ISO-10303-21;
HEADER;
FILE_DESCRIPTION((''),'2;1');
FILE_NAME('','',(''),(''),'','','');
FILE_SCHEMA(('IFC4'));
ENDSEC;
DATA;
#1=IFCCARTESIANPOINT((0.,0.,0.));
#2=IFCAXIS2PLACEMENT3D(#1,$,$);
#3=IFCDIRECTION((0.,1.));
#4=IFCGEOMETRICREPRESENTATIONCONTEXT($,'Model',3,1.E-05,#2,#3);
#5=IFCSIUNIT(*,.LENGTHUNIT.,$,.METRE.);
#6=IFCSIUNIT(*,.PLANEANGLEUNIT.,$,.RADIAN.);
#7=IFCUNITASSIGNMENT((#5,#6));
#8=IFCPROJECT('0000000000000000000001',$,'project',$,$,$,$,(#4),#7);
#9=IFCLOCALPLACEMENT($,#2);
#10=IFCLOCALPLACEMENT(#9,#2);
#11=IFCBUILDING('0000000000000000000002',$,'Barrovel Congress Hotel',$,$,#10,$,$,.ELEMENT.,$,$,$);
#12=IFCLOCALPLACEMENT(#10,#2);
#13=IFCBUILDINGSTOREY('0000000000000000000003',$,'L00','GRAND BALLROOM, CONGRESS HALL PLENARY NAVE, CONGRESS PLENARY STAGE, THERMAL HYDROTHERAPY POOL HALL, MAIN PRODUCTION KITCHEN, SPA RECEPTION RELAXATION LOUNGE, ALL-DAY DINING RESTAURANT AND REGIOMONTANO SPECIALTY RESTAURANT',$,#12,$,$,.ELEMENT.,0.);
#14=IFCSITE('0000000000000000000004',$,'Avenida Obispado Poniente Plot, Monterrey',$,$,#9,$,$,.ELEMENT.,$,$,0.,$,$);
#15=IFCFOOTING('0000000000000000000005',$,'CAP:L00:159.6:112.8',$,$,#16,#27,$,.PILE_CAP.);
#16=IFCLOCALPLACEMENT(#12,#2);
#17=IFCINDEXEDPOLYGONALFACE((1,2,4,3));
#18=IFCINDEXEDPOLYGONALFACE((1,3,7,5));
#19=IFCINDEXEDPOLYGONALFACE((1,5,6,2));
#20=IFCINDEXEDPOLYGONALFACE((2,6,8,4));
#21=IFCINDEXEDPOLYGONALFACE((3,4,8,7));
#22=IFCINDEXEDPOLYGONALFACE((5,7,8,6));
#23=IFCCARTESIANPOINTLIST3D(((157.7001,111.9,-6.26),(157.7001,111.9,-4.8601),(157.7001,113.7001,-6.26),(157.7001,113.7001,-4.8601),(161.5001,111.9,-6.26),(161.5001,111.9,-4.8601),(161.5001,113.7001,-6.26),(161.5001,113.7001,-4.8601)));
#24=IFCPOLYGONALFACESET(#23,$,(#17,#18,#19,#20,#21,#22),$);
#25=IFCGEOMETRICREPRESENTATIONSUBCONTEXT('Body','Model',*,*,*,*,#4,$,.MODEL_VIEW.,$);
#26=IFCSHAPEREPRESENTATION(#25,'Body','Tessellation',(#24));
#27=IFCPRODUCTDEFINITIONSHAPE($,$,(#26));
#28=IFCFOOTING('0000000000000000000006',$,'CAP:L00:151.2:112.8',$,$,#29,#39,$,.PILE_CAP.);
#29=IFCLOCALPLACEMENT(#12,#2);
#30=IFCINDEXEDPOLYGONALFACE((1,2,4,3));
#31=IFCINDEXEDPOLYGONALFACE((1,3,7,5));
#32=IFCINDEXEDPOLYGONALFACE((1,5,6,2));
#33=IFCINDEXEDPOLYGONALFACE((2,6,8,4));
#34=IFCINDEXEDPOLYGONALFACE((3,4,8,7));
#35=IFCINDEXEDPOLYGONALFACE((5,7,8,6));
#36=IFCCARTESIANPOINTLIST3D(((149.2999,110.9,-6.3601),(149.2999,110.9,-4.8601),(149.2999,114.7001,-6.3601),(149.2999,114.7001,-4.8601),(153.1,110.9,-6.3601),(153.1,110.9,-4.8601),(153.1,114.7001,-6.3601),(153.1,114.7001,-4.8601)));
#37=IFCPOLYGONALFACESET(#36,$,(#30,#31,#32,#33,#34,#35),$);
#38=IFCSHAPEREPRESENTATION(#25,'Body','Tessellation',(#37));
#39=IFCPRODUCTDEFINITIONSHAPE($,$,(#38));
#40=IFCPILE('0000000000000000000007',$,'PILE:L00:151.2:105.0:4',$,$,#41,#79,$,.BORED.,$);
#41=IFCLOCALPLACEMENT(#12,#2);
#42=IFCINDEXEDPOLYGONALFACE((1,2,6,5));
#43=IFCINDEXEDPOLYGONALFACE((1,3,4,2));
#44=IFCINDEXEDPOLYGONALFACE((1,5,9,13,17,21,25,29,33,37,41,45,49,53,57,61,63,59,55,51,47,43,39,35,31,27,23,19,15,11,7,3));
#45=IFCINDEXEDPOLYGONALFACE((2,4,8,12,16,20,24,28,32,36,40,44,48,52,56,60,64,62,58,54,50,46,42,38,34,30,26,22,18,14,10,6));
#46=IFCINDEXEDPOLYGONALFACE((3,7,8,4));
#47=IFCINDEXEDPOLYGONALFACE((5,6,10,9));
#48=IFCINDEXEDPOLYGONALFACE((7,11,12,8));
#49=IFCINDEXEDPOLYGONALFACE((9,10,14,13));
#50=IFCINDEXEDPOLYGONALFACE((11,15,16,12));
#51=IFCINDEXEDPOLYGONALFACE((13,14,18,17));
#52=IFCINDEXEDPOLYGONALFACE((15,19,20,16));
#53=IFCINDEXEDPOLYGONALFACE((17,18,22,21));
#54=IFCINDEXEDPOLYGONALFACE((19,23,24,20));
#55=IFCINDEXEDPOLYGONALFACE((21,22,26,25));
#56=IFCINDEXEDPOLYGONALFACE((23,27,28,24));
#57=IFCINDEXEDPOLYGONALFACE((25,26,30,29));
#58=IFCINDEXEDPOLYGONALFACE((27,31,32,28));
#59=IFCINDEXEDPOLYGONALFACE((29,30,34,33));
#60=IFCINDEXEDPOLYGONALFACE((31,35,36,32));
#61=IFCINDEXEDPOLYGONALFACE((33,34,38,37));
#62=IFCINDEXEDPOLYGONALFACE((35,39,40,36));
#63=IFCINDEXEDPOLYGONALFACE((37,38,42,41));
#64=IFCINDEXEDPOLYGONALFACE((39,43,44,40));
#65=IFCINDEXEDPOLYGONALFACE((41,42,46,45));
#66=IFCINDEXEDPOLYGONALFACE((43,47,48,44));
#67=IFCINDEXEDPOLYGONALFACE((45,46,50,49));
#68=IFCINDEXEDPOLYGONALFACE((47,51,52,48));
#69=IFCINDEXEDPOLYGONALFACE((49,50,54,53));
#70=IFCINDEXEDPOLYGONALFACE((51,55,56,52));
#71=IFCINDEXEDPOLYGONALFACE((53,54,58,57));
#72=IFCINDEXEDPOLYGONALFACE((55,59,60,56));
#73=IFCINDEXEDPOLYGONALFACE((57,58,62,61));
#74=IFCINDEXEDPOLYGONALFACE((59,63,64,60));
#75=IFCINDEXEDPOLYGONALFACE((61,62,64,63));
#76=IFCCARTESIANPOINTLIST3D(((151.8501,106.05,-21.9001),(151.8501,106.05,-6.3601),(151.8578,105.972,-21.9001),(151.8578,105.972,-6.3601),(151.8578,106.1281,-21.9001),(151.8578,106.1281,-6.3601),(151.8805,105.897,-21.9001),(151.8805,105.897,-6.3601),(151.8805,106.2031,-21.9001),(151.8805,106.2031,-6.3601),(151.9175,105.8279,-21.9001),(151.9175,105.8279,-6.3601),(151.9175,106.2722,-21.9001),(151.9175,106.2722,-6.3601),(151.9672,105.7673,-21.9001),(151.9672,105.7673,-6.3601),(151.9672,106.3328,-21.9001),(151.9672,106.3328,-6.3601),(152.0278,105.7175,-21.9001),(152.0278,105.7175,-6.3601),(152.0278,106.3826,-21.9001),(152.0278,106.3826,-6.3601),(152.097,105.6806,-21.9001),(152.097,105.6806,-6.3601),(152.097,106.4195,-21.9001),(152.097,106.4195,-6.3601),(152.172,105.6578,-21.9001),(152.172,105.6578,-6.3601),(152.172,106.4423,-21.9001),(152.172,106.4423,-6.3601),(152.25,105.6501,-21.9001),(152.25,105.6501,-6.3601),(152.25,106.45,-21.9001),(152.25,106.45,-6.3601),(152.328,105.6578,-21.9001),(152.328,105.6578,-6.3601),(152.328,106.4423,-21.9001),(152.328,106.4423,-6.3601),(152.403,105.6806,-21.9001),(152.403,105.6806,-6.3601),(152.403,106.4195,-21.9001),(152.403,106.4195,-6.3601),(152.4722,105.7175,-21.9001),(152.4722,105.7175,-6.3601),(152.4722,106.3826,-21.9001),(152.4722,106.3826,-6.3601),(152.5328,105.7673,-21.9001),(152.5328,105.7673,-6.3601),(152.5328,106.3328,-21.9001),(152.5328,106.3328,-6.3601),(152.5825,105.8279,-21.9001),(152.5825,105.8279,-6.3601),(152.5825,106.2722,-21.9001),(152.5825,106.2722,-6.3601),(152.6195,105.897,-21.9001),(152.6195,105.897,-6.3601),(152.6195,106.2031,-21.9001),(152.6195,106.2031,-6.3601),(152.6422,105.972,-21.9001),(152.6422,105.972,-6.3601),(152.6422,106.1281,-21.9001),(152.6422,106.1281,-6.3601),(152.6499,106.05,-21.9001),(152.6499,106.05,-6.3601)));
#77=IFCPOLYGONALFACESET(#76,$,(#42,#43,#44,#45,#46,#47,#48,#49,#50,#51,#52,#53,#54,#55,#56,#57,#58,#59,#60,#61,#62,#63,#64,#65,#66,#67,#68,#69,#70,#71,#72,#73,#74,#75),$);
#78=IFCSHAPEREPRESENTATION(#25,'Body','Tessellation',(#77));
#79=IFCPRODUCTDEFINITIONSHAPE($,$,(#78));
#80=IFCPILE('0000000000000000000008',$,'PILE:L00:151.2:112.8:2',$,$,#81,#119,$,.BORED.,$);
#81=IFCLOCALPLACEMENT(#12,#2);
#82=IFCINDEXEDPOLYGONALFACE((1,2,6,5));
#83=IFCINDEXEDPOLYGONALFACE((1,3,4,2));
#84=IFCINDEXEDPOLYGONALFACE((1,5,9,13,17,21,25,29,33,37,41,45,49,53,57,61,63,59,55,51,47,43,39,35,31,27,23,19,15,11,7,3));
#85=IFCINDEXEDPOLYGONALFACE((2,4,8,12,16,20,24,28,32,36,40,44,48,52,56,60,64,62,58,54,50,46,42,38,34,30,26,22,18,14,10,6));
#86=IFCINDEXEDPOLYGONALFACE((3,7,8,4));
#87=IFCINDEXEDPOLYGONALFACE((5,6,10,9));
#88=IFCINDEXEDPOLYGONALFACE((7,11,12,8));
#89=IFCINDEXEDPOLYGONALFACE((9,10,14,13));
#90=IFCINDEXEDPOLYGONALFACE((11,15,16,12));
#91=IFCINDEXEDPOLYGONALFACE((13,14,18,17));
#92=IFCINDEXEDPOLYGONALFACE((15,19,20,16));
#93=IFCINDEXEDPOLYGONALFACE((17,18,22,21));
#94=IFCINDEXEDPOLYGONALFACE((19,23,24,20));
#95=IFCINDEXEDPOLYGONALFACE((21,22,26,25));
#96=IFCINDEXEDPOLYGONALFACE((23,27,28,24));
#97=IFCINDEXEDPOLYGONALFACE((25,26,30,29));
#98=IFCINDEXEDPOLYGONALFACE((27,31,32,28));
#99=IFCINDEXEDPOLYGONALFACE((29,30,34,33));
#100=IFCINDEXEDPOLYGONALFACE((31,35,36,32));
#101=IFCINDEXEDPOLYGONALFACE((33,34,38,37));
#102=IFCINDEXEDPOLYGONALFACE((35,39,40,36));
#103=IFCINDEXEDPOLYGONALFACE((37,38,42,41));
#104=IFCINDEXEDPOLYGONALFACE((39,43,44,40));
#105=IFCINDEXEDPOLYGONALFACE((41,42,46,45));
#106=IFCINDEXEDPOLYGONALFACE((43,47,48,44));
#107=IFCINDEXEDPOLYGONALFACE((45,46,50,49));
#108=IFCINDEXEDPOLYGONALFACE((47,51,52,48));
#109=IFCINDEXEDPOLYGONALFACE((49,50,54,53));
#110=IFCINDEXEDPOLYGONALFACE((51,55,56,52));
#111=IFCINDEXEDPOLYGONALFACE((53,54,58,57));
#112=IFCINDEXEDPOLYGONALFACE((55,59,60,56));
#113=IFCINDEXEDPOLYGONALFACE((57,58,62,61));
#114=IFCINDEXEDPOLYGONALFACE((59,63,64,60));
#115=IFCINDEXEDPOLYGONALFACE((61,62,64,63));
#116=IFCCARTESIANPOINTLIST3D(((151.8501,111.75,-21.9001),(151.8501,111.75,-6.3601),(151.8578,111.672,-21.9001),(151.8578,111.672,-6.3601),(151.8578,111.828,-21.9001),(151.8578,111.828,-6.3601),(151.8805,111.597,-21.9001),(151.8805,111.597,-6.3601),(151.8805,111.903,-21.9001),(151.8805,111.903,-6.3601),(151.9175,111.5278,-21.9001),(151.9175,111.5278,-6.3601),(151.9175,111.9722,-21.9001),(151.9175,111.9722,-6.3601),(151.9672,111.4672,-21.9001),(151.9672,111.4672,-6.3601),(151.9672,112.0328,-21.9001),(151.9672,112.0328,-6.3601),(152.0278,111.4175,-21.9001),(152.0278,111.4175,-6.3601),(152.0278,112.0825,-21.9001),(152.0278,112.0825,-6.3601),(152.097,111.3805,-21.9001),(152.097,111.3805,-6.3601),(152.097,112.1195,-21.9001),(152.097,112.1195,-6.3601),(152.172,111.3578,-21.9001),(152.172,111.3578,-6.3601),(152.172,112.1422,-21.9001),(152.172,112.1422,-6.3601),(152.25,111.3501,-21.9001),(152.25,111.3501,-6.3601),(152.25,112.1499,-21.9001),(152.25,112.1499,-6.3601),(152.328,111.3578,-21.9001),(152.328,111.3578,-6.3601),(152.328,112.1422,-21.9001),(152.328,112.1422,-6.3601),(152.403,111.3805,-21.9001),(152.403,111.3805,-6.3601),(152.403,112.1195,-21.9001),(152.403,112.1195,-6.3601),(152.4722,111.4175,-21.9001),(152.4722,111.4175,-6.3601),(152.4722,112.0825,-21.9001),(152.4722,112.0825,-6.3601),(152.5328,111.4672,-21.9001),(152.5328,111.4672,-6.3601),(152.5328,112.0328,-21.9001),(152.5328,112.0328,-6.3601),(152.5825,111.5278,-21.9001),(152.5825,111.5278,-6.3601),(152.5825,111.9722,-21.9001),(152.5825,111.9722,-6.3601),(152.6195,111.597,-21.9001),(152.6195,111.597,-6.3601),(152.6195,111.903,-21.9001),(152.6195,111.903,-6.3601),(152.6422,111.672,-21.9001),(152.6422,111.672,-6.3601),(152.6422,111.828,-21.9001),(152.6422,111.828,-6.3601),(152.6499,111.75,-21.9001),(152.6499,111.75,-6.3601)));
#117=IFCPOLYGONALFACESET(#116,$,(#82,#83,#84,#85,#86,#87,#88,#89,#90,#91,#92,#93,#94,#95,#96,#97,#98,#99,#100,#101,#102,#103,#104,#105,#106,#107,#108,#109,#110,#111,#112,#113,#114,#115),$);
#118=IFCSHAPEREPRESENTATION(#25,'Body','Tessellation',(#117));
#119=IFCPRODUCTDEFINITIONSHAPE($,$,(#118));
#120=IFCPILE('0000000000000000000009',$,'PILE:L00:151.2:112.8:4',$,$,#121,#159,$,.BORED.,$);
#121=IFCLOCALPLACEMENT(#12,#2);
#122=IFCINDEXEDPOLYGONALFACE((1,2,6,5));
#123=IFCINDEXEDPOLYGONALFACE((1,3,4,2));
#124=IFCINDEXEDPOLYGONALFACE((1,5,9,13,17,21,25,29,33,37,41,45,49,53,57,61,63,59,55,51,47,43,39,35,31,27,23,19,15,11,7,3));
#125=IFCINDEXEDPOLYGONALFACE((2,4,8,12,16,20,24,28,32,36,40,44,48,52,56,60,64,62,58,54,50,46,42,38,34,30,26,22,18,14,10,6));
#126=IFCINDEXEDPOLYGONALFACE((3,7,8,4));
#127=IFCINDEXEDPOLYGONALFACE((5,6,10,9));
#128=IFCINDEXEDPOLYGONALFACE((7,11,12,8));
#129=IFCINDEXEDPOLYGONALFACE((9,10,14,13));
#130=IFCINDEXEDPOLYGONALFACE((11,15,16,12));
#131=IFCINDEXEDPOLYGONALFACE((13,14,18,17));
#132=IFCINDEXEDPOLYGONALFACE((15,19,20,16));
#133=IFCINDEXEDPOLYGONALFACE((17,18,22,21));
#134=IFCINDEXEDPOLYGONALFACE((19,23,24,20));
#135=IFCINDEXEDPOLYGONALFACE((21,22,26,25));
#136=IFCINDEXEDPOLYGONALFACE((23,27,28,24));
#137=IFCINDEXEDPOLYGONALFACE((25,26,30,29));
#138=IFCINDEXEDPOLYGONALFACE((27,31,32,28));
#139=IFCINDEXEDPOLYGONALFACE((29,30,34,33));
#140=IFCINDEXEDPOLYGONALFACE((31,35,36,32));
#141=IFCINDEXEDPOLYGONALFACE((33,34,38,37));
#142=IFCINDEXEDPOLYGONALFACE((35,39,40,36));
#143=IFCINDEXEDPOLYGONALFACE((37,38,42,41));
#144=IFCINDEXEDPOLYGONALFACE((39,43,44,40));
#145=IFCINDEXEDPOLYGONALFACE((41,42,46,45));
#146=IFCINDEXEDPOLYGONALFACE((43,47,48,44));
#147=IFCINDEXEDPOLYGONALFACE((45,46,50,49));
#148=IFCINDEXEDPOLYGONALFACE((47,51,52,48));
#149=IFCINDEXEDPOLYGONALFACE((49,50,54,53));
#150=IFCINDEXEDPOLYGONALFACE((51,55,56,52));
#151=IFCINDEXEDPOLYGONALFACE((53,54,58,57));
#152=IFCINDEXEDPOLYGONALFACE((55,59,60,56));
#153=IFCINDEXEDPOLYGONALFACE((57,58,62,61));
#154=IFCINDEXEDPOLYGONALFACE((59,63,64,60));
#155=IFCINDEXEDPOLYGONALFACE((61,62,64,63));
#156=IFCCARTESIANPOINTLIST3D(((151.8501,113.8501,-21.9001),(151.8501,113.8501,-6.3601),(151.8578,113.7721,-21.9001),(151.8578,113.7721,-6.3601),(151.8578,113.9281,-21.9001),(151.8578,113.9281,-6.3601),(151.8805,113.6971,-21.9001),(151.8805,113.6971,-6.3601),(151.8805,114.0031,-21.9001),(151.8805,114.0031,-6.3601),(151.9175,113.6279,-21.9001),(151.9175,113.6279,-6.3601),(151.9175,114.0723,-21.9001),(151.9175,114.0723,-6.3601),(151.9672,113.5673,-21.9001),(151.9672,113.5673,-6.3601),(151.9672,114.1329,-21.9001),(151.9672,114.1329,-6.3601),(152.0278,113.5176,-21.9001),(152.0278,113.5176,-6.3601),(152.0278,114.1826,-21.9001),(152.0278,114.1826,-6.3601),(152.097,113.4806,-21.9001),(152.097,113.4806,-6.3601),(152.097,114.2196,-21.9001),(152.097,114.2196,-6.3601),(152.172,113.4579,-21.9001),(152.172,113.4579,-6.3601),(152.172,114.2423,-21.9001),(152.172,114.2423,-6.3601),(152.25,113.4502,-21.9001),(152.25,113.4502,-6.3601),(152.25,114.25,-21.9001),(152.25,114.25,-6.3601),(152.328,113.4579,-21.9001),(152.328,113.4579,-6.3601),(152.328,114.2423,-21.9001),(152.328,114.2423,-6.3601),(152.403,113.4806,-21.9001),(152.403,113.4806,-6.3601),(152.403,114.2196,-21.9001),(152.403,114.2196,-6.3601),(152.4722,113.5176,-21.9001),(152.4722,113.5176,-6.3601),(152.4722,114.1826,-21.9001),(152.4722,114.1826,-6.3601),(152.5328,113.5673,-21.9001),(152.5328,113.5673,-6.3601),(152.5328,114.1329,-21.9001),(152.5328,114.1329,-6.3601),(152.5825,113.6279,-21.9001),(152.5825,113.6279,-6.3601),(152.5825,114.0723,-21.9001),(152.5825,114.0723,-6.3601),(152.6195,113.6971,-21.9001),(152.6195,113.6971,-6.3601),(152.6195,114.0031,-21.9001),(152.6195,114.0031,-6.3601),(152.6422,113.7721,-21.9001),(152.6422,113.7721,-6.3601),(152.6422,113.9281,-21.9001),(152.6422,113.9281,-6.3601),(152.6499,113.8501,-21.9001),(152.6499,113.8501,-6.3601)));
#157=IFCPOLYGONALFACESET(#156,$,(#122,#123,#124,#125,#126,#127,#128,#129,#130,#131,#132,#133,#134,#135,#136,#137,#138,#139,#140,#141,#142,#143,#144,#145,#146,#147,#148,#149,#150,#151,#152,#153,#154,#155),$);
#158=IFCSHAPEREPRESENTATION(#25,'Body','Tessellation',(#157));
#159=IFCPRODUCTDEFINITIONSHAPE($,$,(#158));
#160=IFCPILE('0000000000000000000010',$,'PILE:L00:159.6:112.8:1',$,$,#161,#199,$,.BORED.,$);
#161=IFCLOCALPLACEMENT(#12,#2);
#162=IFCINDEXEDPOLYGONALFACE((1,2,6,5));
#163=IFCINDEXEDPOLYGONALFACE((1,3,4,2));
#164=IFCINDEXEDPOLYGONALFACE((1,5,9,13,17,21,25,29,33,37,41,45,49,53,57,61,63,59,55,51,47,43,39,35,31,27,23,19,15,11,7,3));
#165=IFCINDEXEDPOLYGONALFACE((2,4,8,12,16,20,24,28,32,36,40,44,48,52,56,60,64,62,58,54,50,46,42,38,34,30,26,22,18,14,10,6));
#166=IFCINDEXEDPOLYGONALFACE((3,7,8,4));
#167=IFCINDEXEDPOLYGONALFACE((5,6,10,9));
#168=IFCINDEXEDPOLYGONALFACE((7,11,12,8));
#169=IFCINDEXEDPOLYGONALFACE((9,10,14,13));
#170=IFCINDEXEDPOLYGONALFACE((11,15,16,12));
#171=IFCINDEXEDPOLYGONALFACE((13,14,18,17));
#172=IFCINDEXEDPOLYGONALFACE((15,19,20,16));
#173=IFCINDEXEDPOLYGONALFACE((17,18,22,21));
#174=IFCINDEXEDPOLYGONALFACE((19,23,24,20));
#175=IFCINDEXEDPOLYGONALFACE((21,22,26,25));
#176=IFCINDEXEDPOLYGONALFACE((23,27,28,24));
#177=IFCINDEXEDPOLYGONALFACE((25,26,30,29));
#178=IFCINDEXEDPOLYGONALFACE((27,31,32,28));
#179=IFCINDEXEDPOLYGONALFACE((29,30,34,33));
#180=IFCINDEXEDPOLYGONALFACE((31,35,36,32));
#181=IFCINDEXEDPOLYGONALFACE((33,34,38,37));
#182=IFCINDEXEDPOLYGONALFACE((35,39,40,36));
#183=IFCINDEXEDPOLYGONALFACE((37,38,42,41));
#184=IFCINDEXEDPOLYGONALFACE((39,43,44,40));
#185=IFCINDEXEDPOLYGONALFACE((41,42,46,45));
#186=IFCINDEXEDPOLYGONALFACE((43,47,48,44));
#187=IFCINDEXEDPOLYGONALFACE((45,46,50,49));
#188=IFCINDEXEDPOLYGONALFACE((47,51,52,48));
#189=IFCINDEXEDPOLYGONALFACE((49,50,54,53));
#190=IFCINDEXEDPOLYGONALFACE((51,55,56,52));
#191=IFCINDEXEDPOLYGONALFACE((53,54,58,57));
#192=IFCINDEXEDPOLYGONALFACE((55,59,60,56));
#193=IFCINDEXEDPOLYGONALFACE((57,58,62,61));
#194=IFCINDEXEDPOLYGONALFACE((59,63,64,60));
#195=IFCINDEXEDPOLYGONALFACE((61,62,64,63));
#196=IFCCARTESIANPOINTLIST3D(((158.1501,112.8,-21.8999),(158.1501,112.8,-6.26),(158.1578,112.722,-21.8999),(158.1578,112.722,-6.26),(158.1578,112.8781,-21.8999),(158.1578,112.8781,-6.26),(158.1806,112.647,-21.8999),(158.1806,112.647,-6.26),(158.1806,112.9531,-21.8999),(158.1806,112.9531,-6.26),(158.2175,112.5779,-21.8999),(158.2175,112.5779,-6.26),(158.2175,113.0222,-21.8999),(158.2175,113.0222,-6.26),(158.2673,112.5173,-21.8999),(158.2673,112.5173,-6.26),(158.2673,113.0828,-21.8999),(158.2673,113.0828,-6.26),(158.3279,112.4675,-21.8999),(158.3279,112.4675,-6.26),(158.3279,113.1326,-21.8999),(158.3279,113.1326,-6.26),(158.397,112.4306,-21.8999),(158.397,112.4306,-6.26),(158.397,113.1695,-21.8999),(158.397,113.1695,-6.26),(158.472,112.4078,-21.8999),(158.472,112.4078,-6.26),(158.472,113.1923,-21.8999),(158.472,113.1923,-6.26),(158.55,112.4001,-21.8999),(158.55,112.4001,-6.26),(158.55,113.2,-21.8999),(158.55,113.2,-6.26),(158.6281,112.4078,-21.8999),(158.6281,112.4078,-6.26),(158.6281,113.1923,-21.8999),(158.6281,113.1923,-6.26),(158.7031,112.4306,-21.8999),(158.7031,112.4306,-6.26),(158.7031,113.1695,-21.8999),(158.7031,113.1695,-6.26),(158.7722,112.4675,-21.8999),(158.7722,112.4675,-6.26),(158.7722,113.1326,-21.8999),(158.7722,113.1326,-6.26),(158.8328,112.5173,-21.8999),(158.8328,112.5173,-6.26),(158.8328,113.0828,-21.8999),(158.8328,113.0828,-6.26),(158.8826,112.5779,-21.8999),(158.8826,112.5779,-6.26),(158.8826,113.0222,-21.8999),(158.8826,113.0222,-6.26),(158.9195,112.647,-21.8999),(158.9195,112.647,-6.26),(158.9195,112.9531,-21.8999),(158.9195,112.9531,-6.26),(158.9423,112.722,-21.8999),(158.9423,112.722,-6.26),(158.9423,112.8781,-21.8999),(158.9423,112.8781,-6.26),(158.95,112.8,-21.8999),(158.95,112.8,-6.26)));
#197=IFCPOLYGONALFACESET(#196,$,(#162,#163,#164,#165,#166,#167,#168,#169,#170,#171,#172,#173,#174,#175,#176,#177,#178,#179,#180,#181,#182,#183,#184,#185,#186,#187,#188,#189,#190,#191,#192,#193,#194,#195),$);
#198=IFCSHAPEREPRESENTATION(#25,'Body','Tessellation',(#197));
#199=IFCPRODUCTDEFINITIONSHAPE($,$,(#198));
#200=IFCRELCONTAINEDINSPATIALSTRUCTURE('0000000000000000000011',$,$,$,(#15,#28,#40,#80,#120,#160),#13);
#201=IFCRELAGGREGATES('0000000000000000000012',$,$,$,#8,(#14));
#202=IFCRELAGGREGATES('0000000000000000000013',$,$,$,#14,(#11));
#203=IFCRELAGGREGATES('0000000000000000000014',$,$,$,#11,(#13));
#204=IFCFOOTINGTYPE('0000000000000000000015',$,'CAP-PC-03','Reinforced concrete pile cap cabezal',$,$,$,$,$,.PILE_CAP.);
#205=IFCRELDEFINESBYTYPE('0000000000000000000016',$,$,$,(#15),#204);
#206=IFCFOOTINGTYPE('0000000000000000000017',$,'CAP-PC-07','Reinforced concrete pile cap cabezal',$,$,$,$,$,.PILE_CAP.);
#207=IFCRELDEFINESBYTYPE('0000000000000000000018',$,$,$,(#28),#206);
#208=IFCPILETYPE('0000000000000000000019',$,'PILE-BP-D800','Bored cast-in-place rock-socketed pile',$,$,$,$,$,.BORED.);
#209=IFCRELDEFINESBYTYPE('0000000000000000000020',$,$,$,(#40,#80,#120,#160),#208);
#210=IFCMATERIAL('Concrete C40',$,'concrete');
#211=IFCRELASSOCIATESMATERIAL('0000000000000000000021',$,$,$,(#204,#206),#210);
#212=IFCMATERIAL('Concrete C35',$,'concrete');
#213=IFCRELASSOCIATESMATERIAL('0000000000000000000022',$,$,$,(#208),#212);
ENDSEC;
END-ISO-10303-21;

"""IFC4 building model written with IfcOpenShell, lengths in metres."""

from ifc_helpers import new_model, si_unit, direction, frame, origin, origin_2d, place, context, subcontext, project, spatial, rectangle, circle, extrude, material, material_profile, profile_set, type_object, element, save


model = new_model("IFC4")

# Units and contexts
model_context = context("Model", 3, precision=1e-05, world=origin(), true_north=direction((0.0, 1.0)))
body_context = subcontext(model_context, "Body", "Model", "MODEL_VIEW")
ifc_project = project(units=[si_unit("LENGTHUNIT", "METRE"), si_unit("PLANEANGLEUNIT", "RADIAN")], contexts=[model_context])

# Site, building, storey
site_placement = place(None, origin())
site = spatial("IfcSite", under=ifc_project, at=site_placement, Name="Avenida Obispado Poniente Plot, Monterrey", CompositionType="ELEMENT", RefElevation=0.0)
building_placement = place(site_placement, origin())
building = spatial("IfcBuilding", under=site, at=building_placement, Name="Barrovel Congress Hotel", CompositionType="ELEMENT")
storey_placement = place(building_placement, origin())
storey = spatial("IfcBuildingStorey", under=building, at=storey_placement, Name="L00", Description="GRAND BALLROOM, CONGRESS HALL PLENARY NAVE, CONGRESS PLENARY STAGE, THERMAL HYDROTHERAPY POOL HALL, MAIN PRODUCTION KITCHEN, SPA RECEPTION RELAXATION LOUNGE, ALL-DAY DINING RESTAURANT AND REGIOMONTANO SPECIALTY RESTAURANT", CompositionType="ELEMENT", Elevation=0.0)

# Footings
ifc_material_1 = material(Name="Concrete C40", Category="concrete")
footing_type_1 = type_object("IfcFootingType", Name="CAP-PC-03", Description="Reinforced concrete pile cap cabezal", PredefinedType="PILE_CAP", material=ifc_material_1)
footing_1_placement = place(storey_placement, frame((159.6001, 112.8, -6.26), z_axis=(0.0, 0.0, 1.0), x_axis=(1.0, 0.0, 0.0)))
element("IfcFooting", 1, at=footing_1_placement, inside=storey, type_object=footing_type_1, Name="CAP:L00:159.6:112.8", PredefinedType="PILE_CAP", context=body_context, shape_type="SweptSolid", body=[
    extrude(rectangle(XDim=3.8, YDim=1.8, at=origin_2d()), origin(), (0.0, 0.0, 1.0), 1.3999),
])
footing_type_2 = type_object("IfcFootingType", Name="CAP-PC-07", Description="Reinforced concrete pile cap cabezal", PredefinedType="PILE_CAP", material=ifc_material_1)
footing_2_placement = place(storey_placement, frame((151.2, 112.8, -6.3601), z_axis=(0.0, 0.0, 1.0), x_axis=(1.0, 0.0, 0.0)))
element("IfcFooting", 2, at=footing_2_placement, inside=storey, type_object=footing_type_2, Name="CAP:L00:151.2:112.8", PredefinedType="PILE_CAP", context=body_context, shape_type="SweptSolid", body=[
    extrude(rectangle(XDim=3.8, YDim=3.8, at=origin_2d()), origin(), (0.0, 0.0, 1.0), 1.5),
])

# Piles
ifc_material_2 = material(Name="Concrete C35", Category="concrete")
ifc_material_profile_1 = material_profile(ifc_material_2, circle(Radius=0.3999, at=origin_2d()), Name="BP-D800")
ifc_profile_set_1 = profile_set([ifc_material_profile_1], Name="Concrete C35")
pile_type = type_object("IfcPileType", Name="PILE-BP-D800", Description="Bored cast-in-place rock-socketed pile", PredefinedType="BORED", material=ifc_profile_set_1)
for number, where, z_axis, x_axis, name in (
    (3, (152.25, 106.05, -6.3601), (0.0, 0.0, -1.0), (1.0, 0.0, 0.0), "PILE:L00:151.2:105.0:4"),
    (4, (152.25, 111.75, -6.3601), (0.0, 0.0, -1.0), (1.0, 0.0, 0.0), "PILE:L00:151.2:112.8:2"),
    (5, (152.25, 113.8501, -6.3601), (0.0, 0.0, -1.0), (1.0, 0.0, 0.0), "PILE:L00:151.2:112.8:4"),
):
    element("IfcPile", number, at=place(storey_placement, frame(where, z_axis=z_axis, x_axis=x_axis)), inside=storey, type_object=pile_type, Name=name, PredefinedType="BORED", context=body_context, shape_type="SweptSolid", body=[
        extrude(circle(Radius=0.3999, at=origin_2d()), origin(), (0.0, 0.0, 1.0), 15.54),
    ])
for number, where, z_axis, x_axis, name in (
    (6, (158.55, 112.8, -6.26), (0.0, 0.0, -1.0), (1.0, 0.0, 0.0), "PILE:L00:159.6:112.8:1"),
):
    element("IfcPile", number, at=place(storey_placement, frame(where, z_axis=z_axis, x_axis=x_axis)), inside=storey, type_object=pile_type, Name=name, PredefinedType="BORED", context=body_context, shape_type="SweptSolid", body=[
        extrude(circle(Radius=0.3999, at=origin_2d()), origin(), (0.0, 0.0, 1.0), 15.6399),
    ])

save(model, "model.ifc")
